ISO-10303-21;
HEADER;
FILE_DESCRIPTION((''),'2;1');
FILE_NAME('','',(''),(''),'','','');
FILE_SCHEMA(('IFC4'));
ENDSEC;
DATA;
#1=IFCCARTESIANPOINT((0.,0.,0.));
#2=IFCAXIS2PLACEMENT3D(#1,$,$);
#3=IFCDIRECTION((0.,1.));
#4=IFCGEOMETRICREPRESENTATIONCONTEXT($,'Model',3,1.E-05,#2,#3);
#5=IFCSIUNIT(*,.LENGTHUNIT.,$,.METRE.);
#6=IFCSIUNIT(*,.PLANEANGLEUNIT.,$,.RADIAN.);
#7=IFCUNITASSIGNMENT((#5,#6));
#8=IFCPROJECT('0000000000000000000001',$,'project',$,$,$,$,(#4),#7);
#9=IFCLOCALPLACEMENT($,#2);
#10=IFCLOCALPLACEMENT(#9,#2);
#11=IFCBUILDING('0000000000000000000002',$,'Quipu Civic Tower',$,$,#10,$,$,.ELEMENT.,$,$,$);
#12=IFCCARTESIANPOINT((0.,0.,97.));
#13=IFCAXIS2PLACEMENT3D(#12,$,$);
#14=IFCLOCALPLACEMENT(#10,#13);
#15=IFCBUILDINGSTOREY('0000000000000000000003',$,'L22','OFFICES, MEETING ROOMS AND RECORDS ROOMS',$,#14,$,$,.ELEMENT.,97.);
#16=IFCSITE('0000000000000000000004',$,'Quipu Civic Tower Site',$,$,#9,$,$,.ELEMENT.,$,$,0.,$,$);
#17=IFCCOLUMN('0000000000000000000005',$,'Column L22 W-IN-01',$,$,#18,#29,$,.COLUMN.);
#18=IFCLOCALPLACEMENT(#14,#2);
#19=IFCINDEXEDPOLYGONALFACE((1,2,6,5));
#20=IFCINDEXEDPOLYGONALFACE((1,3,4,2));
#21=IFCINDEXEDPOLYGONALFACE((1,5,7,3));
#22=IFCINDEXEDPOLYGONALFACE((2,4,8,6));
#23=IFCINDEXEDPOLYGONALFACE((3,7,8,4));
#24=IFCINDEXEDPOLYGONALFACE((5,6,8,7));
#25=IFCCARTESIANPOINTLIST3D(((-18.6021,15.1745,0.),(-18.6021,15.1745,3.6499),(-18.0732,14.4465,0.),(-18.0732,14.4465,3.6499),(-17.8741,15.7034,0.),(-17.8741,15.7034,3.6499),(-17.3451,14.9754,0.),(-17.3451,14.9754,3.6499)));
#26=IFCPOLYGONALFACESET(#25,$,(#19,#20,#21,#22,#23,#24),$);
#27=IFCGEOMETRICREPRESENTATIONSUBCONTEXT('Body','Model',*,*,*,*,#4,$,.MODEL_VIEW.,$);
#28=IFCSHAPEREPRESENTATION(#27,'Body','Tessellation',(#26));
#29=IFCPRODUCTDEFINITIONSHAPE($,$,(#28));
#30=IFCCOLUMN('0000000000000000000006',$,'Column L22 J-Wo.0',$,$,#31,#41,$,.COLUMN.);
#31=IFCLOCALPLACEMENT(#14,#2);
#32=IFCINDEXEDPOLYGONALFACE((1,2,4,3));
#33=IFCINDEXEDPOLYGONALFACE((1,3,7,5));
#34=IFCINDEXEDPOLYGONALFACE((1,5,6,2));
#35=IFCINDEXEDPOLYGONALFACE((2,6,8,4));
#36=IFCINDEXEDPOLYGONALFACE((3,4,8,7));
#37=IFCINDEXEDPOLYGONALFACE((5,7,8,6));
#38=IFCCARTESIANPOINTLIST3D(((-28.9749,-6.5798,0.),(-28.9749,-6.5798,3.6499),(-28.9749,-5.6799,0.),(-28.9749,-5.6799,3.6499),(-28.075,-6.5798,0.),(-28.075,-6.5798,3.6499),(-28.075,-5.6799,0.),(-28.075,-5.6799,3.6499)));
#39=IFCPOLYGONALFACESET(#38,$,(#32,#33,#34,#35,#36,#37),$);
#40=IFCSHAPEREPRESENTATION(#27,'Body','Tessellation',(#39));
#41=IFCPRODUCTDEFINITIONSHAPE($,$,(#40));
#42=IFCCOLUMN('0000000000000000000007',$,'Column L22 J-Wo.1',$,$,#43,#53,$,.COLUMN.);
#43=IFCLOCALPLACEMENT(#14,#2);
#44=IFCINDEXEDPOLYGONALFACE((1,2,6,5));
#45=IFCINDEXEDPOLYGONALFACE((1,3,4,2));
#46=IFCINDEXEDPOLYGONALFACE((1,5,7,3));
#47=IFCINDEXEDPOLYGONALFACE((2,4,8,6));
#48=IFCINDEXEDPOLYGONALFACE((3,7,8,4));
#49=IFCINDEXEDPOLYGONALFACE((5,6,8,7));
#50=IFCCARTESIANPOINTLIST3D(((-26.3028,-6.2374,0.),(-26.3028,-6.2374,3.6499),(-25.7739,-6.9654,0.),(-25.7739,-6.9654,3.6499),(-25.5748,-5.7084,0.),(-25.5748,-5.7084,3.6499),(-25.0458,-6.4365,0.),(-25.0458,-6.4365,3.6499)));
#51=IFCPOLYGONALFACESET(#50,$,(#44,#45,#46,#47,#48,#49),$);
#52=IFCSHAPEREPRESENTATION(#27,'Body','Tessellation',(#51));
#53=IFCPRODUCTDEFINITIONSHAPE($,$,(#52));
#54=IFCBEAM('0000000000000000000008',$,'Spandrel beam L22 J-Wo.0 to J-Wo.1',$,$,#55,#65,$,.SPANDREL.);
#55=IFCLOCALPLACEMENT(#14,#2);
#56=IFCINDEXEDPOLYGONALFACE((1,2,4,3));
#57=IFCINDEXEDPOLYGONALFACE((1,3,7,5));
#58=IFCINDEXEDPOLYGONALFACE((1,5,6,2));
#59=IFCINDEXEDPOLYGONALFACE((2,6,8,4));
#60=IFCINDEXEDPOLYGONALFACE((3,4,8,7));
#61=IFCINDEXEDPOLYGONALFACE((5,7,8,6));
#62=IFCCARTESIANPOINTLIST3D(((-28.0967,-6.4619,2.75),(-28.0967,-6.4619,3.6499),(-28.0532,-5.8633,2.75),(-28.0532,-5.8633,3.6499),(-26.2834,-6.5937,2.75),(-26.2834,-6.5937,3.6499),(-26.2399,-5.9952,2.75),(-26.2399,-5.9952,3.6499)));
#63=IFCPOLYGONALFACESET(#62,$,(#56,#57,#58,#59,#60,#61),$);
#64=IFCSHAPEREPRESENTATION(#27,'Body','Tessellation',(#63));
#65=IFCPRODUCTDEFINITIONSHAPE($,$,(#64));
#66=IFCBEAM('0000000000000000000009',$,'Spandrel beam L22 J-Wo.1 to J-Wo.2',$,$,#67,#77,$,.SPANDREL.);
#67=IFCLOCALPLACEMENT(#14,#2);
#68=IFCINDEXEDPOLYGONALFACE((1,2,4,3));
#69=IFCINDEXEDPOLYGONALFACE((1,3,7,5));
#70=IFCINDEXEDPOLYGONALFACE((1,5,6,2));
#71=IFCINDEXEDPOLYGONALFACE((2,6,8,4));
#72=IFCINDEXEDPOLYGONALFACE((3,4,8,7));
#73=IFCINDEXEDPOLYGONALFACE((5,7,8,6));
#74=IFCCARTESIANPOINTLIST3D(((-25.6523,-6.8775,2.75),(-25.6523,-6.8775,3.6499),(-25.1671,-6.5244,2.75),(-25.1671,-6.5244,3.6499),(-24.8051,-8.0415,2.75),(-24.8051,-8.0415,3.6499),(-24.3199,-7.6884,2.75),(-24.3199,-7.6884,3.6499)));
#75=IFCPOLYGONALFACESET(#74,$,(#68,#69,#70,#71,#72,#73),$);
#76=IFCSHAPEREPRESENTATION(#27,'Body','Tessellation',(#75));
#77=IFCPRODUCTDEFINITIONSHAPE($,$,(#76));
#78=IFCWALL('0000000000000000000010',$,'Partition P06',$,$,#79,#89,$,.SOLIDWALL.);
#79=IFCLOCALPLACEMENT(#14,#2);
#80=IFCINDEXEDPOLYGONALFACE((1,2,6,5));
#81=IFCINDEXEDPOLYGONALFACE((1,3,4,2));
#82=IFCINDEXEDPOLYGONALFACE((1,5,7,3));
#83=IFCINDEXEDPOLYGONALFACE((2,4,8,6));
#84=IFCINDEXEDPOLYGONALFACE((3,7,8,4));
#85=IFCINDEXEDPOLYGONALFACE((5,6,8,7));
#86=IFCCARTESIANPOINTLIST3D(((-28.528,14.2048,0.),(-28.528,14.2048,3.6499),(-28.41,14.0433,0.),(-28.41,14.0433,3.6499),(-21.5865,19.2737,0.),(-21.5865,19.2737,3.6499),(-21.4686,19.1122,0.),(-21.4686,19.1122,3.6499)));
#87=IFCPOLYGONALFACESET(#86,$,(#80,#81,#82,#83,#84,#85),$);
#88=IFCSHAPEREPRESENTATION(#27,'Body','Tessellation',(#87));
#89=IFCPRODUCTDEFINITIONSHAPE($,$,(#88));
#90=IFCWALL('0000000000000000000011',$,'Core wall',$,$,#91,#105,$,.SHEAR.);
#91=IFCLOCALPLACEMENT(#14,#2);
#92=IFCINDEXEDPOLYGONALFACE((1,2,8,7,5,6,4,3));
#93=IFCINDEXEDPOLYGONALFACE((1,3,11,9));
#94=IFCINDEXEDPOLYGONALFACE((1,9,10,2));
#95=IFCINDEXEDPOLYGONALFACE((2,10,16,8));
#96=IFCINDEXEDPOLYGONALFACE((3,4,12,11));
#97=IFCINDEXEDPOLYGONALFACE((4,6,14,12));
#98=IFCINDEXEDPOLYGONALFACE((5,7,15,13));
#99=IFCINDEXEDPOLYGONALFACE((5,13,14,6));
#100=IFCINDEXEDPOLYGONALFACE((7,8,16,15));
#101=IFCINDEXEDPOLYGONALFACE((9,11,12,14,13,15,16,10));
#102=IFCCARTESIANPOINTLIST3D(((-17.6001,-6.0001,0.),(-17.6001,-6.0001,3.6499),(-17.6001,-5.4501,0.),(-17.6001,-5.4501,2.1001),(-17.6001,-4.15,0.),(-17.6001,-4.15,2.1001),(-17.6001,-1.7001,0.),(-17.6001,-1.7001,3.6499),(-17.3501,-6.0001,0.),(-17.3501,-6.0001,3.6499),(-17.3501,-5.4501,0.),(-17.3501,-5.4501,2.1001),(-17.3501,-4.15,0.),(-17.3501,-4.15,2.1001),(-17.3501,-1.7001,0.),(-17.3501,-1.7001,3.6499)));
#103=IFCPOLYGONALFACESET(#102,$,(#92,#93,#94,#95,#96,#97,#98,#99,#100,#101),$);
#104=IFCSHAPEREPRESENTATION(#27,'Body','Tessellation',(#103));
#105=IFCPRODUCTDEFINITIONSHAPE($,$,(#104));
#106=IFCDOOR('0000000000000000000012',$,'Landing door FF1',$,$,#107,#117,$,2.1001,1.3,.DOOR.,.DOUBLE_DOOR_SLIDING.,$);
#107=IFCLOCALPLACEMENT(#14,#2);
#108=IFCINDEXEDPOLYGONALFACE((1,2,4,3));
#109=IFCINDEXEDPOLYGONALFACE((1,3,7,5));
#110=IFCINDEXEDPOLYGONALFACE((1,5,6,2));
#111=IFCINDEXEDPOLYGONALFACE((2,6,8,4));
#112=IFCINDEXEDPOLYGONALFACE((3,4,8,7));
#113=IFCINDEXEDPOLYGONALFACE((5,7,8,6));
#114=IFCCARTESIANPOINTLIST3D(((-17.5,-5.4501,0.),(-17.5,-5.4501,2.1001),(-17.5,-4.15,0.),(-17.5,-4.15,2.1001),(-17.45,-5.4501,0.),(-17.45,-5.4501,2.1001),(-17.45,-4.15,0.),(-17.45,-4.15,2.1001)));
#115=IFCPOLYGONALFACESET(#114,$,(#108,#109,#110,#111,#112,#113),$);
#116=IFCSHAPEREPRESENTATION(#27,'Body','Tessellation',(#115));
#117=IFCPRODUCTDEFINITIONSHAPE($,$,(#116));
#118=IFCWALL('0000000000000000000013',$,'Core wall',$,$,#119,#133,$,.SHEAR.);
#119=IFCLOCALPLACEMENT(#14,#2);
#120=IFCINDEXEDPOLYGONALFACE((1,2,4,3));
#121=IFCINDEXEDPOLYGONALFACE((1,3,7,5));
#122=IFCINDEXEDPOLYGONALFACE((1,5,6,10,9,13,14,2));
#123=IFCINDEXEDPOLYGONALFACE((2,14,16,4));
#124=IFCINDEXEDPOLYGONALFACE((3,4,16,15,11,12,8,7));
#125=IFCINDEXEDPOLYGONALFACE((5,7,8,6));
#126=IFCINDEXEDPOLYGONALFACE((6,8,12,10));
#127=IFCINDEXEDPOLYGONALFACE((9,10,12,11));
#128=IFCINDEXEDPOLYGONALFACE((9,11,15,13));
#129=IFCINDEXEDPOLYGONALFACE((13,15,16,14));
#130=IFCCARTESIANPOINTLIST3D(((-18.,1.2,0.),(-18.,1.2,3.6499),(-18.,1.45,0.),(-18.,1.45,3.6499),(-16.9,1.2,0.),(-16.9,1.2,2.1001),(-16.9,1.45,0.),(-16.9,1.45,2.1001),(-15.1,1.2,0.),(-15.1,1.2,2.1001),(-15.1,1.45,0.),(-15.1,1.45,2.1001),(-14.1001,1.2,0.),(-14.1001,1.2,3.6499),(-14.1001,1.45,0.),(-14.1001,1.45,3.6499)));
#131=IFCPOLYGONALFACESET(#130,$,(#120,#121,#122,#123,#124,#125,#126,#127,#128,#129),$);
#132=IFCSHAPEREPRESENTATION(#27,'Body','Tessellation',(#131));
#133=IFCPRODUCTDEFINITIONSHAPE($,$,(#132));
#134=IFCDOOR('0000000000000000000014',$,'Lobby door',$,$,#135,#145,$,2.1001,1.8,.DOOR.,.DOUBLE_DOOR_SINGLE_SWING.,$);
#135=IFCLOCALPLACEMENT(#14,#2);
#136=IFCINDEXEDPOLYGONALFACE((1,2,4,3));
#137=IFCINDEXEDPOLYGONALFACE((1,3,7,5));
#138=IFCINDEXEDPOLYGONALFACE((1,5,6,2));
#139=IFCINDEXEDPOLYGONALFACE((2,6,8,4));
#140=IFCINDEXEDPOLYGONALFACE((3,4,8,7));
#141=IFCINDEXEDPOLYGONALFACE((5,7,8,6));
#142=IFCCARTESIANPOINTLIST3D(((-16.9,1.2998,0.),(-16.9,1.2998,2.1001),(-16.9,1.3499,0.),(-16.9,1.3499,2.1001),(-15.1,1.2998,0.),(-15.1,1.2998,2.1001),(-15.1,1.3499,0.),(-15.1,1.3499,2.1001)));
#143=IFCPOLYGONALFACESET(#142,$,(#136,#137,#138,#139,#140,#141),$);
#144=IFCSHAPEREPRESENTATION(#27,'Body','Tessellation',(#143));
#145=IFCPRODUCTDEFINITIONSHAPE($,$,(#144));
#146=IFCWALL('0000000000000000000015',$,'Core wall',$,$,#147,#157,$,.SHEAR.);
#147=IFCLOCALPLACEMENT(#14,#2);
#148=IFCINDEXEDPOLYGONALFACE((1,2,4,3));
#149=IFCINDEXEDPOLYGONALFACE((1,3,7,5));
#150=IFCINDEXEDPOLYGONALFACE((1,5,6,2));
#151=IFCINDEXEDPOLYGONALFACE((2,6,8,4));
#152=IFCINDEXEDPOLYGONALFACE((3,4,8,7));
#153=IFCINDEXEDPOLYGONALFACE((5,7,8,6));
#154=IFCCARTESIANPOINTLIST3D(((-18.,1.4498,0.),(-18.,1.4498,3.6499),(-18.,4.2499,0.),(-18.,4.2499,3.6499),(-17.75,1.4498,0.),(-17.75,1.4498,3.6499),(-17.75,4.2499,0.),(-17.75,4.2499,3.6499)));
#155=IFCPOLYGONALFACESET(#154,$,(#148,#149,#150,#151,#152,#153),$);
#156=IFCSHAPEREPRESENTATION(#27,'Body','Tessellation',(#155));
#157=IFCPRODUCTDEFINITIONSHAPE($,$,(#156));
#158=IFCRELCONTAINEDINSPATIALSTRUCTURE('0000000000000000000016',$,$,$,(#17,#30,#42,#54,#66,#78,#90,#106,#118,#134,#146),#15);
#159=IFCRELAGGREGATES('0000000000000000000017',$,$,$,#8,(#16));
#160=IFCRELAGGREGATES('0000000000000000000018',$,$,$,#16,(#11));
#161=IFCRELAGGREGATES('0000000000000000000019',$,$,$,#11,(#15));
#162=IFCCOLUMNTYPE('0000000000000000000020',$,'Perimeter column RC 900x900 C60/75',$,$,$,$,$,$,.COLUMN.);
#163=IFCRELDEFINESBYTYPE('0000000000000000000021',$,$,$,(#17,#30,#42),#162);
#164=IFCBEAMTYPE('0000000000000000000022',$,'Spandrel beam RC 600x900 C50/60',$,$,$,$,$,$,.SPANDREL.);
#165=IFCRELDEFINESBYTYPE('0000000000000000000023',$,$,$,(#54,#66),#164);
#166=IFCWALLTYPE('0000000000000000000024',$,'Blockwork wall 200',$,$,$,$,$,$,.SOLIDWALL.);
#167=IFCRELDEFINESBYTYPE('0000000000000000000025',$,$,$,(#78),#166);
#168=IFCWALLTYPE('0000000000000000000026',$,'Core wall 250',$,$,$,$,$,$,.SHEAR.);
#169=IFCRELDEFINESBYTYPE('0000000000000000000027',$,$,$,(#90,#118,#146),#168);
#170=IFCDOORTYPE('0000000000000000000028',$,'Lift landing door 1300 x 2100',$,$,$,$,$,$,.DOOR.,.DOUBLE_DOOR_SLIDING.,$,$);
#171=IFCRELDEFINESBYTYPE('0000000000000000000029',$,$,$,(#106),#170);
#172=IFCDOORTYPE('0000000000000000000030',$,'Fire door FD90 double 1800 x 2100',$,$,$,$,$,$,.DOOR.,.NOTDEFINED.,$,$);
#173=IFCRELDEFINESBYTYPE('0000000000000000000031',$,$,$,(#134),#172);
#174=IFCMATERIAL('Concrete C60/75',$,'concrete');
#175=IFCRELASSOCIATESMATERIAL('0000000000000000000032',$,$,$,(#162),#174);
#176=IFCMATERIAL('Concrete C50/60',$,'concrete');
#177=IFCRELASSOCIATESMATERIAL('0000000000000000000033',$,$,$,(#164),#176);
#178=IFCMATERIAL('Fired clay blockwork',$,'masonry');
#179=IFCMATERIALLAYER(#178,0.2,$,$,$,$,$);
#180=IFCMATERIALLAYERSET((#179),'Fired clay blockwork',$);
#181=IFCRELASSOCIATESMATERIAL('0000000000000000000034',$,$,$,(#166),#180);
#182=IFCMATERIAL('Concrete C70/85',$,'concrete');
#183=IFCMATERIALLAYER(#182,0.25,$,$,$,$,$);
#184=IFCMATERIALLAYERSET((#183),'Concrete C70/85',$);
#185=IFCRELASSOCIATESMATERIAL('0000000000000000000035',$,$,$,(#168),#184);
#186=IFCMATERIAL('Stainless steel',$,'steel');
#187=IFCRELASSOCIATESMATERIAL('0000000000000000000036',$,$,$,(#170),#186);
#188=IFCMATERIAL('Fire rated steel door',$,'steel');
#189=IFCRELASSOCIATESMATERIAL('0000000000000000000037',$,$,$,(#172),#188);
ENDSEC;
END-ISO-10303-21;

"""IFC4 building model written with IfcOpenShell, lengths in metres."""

from ifc_helpers import new_model, si_unit, direction, frame, frame_2d, origin, origin_2d, place, context, subcontext, project, spatial, rectangle, extrude, material, layer, layer_set, material_profile, profile_set, type_object, element, fill, save


model = new_model("IFC4")

# Units and contexts
model_context = context("Model", 3, precision=1e-05, world=origin(), true_north=direction((0.0, 1.0)))
body_context = subcontext(model_context, "Body", "Model", "MODEL_VIEW")
ifc_project = project(units=[si_unit("LENGTHUNIT", "METRE"), si_unit("PLANEANGLEUNIT", "RADIAN")], contexts=[model_context])

# Site, building, storey
site_placement = place(None, origin())
site = spatial("IfcSite", under=ifc_project, at=site_placement, Name="Quipu Civic Tower Site", CompositionType="ELEMENT", RefElevation=0.0)
building_placement = place(site_placement, origin())
building = spatial("IfcBuilding", under=site, at=building_placement, Name="Quipu Civic Tower", CompositionType="ELEMENT")
storey_placement = place(building_placement, frame((0.0, 0.0, 97.0)))
storey = spatial("IfcBuildingStorey", under=building, at=storey_placement, Name="L22", Description="OFFICES, MEETING ROOMS AND RECORDS ROOMS", CompositionType="ELEMENT", Elevation=97.0)

# Columns
ifc_material_1 = material(Name="Concrete C60/75", Category="concrete")
ifc_material_profile_1 = material_profile(ifc_material_1, rectangle(XDim=0.8999, YDim=0.8999, at=origin_2d()), Name="RC900x900")
ifc_profile_set_1 = profile_set([ifc_material_profile_1], Name="Concrete C60/75")
column_type = type_object("IfcColumnType", Name="Perimeter column RC 900x900 C60/75", PredefinedType="COLUMN", material=ifc_profile_set_1)
for number, where, z_axis, x_axis, name in (
    (1, (-17.9736, 15.075, 0.0), (0.0, 0.0, 1.0), (-0.587785, 0.809017, 0.0), "Column L22 W-IN-01"),
    (2, (-28.5249, -6.1299, 0.0), (0.0, 0.0, 1.0), (1.0, 0.0, 0.0), "Column L22 J-Wo.0"),
    (3, (-25.6743, -6.3369, 0.0), (0.0, 0.0, 1.0), (0.587785, -0.809017, 0.0), "Column L22 J-Wo.1"),
):
    element("IfcColumn", number, at=place(storey_placement, frame(where, z_axis=z_axis, x_axis=x_axis)), inside=storey, type_object=column_type, Name=name, PredefinedType="COLUMN", context=body_context, shape_type="SweptSolid", body=[
        extrude(rectangle(XDim=0.8999, YDim=0.8999, at=origin_2d()), origin(), (0.0, 0.0, 1.0), 3.6499),
    ])

# Beams
ifc_material_2 = material(Name="Concrete C50/60", Category="concrete")
ifc_material_profile_2 = material_profile(ifc_material_2, rectangle(XDim=0.6001, YDim=0.8999, at=origin_2d()), Name="RC600x900")
ifc_profile_set_2 = profile_set([ifc_material_profile_2], Name="Concrete C50/60")
beam_type = type_object("IfcBeamType", Name="Spandrel beam RC 600x900 C50/60", PredefinedType="SPANDREL", material=ifc_profile_set_2)
beam_1_placement = place(storey_placement, frame((-28.075, -6.1626, 3.2), z_axis=(0.997367, -0.072516, 0.0), x_axis=(0.072516, 0.997367, 0.0)))
element("IfcBeam", 4, at=beam_1_placement, inside=storey, type_object=beam_type, Name="Spandrel beam L22 J-Wo.0 to J-Wo.1", PredefinedType="SPANDREL", context=body_context, shape_type="SweptSolid", body=[
    extrude(rectangle(XDim=0.6001, YDim=0.8999, at=origin_2d()), origin(), (0.0, 0.0, 1.0), 1.8181),
])
beam_2_placement = place(storey_placement, frame((-25.4097, -6.7009, 3.2), z_axis=(0.588434, -0.808545, 0.0), x_axis=(0.808545, 0.588434, 0.0)))
element("IfcBeam", 5, at=beam_2_placement, inside=storey, type_object=beam_type, Name="Spandrel beam L22 J-Wo.1 to J-Wo.2", PredefinedType="SPANDREL", context=body_context, shape_type="SweptSolid", body=[
    extrude(rectangle(XDim=0.6001, YDim=0.8999, at=origin_2d()), origin(), (0.0, 0.0, 1.0), 1.4397),
])

# Wall
ifc_material_3 = material(Name="Fired clay blockwork", Category="masonry")
ifc_layer_1 = layer(ifc_material_3, 0.2)
ifc_layer_set_1 = layer_set([ifc_layer_1], Name="Fired clay blockwork")
wall_type_1 = type_object("IfcWallType", Name="Blockwork wall 200", PredefinedType="SOLIDWALL", material=ifc_layer_set_1)
wall_1_placement = place(storey_placement, frame((-28.469, 14.124, 0.0), z_axis=(0.0, 0.0, 1.0), x_axis=(0.807597, 0.589735, 0.0)))
element("IfcWall", 6, at=wall_1_placement, inside=storey, type_object=wall_type_1, Name="Partition P06", PredefinedType="SOLIDWALL", context=body_context, shape_type="SweptSolid", body=[
    extrude(rectangle(XDim=8.5952, YDim=0.2, at=frame_2d((4.2976, 0.0))), origin(), (0.0, 0.0, 1.0), 3.6499),
])

# Walls, openings, doors
ifc_material_4 = material(Name="Concrete C70/85", Category="concrete")
ifc_layer_2 = layer(ifc_material_4, 0.25)
ifc_layer_set_2 = layer_set([ifc_layer_2], Name="Concrete C70/85")
wall_type_2 = type_object("IfcWallType", Name="Core wall 250", PredefinedType="SHEAR", material=ifc_layer_set_2)
wall_2_placement = place(storey_placement, frame((-17.4751, -6.0, 0.0), z_axis=(0.0, 0.0, 1.0), x_axis=(0.0, 1.0, 0.0)))
wall_2 = element("IfcWall", 7, at=wall_2_placement, inside=storey, type_object=wall_type_2, Name="Core wall", PredefinedType="SHEAR", context=body_context, shape_type="SweptSolid", body=[
    extrude(rectangle(XDim=4.3, YDim=0.25, at=frame_2d((2.1499, 0.0))), origin(), (0.0, 0.0, 1.0), 3.6499),
])
opening_1_placement = place(wall_2_placement, frame((0.55, 0.0, 0.0)))
opening_1 = element("IfcOpeningElement", 8, at=opening_1_placement, cuts=wall_2, PredefinedType="OPENING", context=body_context, shape_type="SweptSolid", body=[
    extrude(rectangle(XDim=1.3, YDim=2.1001, at=frame_2d((0.6499, 1.05))), frame((0.0, 0.135, 0.0), z_axis=(0.0, -1.0, 0.0), x_axis=(1.0, 0.0, 0.0)), (0.0, 0.0, 1.0), 0.27),
])
ifc_material_5 = material(Name="Stainless steel", Category="steel")
door_type_1 = type_object("IfcDoorType", Name="Lift landing door 1300 x 2100", OperationType="DOUBLE_DOOR_SLIDING", PredefinedType="DOOR", material=ifc_material_5)
door_1_placement = place(opening_1_placement, origin())
door_1 = element("IfcDoor", 9, at=door_1_placement, inside=storey, type_object=door_type_1, Name="Landing door FF1", OperationType="DOUBLE_DOOR_SLIDING", OverallHeight=2.1001, OverallWidth=1.3, PredefinedType="DOOR", context=body_context, shape_type="SweptSolid", body=[
    extrude(rectangle(XDim=1.3, YDim=2.1001, at=frame_2d((0.6499, 1.05))), frame((0.0, 0.0249, 0.0), z_axis=(0.0, -1.0, 0.0), x_axis=(1.0, 0.0, 0.0)), (0.0, 0.0, 1.0), 0.05),
])
fill(opening_1, door_1)
wall_3_placement = place(storey_placement, frame((-18.0, 1.325, 0.0), z_axis=(0.0, 0.0, 1.0), x_axis=(1.0, 0.0, 0.0)))
wall_3 = element("IfcWall", 10, at=wall_3_placement, inside=storey, type_object=wall_type_2, Name="Core wall", PredefinedType="SHEAR", context=body_context, shape_type="SweptSolid", body=[
    extrude(rectangle(XDim=3.8999, YDim=0.25, at=frame_2d((1.95, 0.0))), origin(), (0.0, 0.0, 1.0), 3.6499),
])
opening_2_placement = place(wall_3_placement, frame((1.1001, 0.0, 0.0)))
opening_2 = element("IfcOpeningElement", 11, at=opening_2_placement, cuts=wall_3, PredefinedType="OPENING", context=body_context, shape_type="SweptSolid", body=[
    extrude(rectangle(XDim=1.8, YDim=2.1001, at=frame_2d((0.8999, 1.05))), frame((0.0, 0.135, 0.0), z_axis=(0.0, -1.0, 0.0), x_axis=(1.0, 0.0, 0.0)), (0.0, 0.0, 1.0), 0.27),
])
ifc_material_6 = material(Name="Fire rated steel door", Category="steel")
door_type_2 = type_object("IfcDoorType", Name="Fire door FD90 double 1800 x 2100", OperationType="NOTDEFINED", PredefinedType="DOOR", material=ifc_material_6)
door_2_placement = place(opening_2_placement, origin())
door_2 = element("IfcDoor", 12, at=door_2_placement, inside=storey, type_object=door_type_2, Name="Lobby door", OperationType="DOUBLE_DOOR_SINGLE_SWING", OverallHeight=2.1001, OverallWidth=1.8, PredefinedType="DOOR", context=body_context, shape_type="SweptSolid", body=[
    extrude(rectangle(XDim=1.8, YDim=2.1001, at=frame_2d((0.8999, 1.05))), frame((0.0, 0.0249, 0.0), z_axis=(0.0, -1.0, 0.0), x_axis=(1.0, 0.0, 0.0)), (0.0, 0.0, 1.0), 0.05),
])
fill(opening_2, door_2)

# Wall
wall_4_placement = place(storey_placement, frame((-17.875, 1.45, 0.0), z_axis=(0.0, 0.0, 1.0), x_axis=(0.0, 1.0, 0.0)))
element("IfcWall", 13, at=wall_4_placement, inside=storey, type_object=wall_type_2, Name="Core wall", PredefinedType="SHEAR", context=body_context, shape_type="SweptSolid", body=[
    extrude(rectangle(XDim=2.8, YDim=0.25, at=frame_2d((1.3999, 0.0))), origin(), (0.0, 0.0, 1.0), 3.6499),
])

save(model, "model.ifc")
